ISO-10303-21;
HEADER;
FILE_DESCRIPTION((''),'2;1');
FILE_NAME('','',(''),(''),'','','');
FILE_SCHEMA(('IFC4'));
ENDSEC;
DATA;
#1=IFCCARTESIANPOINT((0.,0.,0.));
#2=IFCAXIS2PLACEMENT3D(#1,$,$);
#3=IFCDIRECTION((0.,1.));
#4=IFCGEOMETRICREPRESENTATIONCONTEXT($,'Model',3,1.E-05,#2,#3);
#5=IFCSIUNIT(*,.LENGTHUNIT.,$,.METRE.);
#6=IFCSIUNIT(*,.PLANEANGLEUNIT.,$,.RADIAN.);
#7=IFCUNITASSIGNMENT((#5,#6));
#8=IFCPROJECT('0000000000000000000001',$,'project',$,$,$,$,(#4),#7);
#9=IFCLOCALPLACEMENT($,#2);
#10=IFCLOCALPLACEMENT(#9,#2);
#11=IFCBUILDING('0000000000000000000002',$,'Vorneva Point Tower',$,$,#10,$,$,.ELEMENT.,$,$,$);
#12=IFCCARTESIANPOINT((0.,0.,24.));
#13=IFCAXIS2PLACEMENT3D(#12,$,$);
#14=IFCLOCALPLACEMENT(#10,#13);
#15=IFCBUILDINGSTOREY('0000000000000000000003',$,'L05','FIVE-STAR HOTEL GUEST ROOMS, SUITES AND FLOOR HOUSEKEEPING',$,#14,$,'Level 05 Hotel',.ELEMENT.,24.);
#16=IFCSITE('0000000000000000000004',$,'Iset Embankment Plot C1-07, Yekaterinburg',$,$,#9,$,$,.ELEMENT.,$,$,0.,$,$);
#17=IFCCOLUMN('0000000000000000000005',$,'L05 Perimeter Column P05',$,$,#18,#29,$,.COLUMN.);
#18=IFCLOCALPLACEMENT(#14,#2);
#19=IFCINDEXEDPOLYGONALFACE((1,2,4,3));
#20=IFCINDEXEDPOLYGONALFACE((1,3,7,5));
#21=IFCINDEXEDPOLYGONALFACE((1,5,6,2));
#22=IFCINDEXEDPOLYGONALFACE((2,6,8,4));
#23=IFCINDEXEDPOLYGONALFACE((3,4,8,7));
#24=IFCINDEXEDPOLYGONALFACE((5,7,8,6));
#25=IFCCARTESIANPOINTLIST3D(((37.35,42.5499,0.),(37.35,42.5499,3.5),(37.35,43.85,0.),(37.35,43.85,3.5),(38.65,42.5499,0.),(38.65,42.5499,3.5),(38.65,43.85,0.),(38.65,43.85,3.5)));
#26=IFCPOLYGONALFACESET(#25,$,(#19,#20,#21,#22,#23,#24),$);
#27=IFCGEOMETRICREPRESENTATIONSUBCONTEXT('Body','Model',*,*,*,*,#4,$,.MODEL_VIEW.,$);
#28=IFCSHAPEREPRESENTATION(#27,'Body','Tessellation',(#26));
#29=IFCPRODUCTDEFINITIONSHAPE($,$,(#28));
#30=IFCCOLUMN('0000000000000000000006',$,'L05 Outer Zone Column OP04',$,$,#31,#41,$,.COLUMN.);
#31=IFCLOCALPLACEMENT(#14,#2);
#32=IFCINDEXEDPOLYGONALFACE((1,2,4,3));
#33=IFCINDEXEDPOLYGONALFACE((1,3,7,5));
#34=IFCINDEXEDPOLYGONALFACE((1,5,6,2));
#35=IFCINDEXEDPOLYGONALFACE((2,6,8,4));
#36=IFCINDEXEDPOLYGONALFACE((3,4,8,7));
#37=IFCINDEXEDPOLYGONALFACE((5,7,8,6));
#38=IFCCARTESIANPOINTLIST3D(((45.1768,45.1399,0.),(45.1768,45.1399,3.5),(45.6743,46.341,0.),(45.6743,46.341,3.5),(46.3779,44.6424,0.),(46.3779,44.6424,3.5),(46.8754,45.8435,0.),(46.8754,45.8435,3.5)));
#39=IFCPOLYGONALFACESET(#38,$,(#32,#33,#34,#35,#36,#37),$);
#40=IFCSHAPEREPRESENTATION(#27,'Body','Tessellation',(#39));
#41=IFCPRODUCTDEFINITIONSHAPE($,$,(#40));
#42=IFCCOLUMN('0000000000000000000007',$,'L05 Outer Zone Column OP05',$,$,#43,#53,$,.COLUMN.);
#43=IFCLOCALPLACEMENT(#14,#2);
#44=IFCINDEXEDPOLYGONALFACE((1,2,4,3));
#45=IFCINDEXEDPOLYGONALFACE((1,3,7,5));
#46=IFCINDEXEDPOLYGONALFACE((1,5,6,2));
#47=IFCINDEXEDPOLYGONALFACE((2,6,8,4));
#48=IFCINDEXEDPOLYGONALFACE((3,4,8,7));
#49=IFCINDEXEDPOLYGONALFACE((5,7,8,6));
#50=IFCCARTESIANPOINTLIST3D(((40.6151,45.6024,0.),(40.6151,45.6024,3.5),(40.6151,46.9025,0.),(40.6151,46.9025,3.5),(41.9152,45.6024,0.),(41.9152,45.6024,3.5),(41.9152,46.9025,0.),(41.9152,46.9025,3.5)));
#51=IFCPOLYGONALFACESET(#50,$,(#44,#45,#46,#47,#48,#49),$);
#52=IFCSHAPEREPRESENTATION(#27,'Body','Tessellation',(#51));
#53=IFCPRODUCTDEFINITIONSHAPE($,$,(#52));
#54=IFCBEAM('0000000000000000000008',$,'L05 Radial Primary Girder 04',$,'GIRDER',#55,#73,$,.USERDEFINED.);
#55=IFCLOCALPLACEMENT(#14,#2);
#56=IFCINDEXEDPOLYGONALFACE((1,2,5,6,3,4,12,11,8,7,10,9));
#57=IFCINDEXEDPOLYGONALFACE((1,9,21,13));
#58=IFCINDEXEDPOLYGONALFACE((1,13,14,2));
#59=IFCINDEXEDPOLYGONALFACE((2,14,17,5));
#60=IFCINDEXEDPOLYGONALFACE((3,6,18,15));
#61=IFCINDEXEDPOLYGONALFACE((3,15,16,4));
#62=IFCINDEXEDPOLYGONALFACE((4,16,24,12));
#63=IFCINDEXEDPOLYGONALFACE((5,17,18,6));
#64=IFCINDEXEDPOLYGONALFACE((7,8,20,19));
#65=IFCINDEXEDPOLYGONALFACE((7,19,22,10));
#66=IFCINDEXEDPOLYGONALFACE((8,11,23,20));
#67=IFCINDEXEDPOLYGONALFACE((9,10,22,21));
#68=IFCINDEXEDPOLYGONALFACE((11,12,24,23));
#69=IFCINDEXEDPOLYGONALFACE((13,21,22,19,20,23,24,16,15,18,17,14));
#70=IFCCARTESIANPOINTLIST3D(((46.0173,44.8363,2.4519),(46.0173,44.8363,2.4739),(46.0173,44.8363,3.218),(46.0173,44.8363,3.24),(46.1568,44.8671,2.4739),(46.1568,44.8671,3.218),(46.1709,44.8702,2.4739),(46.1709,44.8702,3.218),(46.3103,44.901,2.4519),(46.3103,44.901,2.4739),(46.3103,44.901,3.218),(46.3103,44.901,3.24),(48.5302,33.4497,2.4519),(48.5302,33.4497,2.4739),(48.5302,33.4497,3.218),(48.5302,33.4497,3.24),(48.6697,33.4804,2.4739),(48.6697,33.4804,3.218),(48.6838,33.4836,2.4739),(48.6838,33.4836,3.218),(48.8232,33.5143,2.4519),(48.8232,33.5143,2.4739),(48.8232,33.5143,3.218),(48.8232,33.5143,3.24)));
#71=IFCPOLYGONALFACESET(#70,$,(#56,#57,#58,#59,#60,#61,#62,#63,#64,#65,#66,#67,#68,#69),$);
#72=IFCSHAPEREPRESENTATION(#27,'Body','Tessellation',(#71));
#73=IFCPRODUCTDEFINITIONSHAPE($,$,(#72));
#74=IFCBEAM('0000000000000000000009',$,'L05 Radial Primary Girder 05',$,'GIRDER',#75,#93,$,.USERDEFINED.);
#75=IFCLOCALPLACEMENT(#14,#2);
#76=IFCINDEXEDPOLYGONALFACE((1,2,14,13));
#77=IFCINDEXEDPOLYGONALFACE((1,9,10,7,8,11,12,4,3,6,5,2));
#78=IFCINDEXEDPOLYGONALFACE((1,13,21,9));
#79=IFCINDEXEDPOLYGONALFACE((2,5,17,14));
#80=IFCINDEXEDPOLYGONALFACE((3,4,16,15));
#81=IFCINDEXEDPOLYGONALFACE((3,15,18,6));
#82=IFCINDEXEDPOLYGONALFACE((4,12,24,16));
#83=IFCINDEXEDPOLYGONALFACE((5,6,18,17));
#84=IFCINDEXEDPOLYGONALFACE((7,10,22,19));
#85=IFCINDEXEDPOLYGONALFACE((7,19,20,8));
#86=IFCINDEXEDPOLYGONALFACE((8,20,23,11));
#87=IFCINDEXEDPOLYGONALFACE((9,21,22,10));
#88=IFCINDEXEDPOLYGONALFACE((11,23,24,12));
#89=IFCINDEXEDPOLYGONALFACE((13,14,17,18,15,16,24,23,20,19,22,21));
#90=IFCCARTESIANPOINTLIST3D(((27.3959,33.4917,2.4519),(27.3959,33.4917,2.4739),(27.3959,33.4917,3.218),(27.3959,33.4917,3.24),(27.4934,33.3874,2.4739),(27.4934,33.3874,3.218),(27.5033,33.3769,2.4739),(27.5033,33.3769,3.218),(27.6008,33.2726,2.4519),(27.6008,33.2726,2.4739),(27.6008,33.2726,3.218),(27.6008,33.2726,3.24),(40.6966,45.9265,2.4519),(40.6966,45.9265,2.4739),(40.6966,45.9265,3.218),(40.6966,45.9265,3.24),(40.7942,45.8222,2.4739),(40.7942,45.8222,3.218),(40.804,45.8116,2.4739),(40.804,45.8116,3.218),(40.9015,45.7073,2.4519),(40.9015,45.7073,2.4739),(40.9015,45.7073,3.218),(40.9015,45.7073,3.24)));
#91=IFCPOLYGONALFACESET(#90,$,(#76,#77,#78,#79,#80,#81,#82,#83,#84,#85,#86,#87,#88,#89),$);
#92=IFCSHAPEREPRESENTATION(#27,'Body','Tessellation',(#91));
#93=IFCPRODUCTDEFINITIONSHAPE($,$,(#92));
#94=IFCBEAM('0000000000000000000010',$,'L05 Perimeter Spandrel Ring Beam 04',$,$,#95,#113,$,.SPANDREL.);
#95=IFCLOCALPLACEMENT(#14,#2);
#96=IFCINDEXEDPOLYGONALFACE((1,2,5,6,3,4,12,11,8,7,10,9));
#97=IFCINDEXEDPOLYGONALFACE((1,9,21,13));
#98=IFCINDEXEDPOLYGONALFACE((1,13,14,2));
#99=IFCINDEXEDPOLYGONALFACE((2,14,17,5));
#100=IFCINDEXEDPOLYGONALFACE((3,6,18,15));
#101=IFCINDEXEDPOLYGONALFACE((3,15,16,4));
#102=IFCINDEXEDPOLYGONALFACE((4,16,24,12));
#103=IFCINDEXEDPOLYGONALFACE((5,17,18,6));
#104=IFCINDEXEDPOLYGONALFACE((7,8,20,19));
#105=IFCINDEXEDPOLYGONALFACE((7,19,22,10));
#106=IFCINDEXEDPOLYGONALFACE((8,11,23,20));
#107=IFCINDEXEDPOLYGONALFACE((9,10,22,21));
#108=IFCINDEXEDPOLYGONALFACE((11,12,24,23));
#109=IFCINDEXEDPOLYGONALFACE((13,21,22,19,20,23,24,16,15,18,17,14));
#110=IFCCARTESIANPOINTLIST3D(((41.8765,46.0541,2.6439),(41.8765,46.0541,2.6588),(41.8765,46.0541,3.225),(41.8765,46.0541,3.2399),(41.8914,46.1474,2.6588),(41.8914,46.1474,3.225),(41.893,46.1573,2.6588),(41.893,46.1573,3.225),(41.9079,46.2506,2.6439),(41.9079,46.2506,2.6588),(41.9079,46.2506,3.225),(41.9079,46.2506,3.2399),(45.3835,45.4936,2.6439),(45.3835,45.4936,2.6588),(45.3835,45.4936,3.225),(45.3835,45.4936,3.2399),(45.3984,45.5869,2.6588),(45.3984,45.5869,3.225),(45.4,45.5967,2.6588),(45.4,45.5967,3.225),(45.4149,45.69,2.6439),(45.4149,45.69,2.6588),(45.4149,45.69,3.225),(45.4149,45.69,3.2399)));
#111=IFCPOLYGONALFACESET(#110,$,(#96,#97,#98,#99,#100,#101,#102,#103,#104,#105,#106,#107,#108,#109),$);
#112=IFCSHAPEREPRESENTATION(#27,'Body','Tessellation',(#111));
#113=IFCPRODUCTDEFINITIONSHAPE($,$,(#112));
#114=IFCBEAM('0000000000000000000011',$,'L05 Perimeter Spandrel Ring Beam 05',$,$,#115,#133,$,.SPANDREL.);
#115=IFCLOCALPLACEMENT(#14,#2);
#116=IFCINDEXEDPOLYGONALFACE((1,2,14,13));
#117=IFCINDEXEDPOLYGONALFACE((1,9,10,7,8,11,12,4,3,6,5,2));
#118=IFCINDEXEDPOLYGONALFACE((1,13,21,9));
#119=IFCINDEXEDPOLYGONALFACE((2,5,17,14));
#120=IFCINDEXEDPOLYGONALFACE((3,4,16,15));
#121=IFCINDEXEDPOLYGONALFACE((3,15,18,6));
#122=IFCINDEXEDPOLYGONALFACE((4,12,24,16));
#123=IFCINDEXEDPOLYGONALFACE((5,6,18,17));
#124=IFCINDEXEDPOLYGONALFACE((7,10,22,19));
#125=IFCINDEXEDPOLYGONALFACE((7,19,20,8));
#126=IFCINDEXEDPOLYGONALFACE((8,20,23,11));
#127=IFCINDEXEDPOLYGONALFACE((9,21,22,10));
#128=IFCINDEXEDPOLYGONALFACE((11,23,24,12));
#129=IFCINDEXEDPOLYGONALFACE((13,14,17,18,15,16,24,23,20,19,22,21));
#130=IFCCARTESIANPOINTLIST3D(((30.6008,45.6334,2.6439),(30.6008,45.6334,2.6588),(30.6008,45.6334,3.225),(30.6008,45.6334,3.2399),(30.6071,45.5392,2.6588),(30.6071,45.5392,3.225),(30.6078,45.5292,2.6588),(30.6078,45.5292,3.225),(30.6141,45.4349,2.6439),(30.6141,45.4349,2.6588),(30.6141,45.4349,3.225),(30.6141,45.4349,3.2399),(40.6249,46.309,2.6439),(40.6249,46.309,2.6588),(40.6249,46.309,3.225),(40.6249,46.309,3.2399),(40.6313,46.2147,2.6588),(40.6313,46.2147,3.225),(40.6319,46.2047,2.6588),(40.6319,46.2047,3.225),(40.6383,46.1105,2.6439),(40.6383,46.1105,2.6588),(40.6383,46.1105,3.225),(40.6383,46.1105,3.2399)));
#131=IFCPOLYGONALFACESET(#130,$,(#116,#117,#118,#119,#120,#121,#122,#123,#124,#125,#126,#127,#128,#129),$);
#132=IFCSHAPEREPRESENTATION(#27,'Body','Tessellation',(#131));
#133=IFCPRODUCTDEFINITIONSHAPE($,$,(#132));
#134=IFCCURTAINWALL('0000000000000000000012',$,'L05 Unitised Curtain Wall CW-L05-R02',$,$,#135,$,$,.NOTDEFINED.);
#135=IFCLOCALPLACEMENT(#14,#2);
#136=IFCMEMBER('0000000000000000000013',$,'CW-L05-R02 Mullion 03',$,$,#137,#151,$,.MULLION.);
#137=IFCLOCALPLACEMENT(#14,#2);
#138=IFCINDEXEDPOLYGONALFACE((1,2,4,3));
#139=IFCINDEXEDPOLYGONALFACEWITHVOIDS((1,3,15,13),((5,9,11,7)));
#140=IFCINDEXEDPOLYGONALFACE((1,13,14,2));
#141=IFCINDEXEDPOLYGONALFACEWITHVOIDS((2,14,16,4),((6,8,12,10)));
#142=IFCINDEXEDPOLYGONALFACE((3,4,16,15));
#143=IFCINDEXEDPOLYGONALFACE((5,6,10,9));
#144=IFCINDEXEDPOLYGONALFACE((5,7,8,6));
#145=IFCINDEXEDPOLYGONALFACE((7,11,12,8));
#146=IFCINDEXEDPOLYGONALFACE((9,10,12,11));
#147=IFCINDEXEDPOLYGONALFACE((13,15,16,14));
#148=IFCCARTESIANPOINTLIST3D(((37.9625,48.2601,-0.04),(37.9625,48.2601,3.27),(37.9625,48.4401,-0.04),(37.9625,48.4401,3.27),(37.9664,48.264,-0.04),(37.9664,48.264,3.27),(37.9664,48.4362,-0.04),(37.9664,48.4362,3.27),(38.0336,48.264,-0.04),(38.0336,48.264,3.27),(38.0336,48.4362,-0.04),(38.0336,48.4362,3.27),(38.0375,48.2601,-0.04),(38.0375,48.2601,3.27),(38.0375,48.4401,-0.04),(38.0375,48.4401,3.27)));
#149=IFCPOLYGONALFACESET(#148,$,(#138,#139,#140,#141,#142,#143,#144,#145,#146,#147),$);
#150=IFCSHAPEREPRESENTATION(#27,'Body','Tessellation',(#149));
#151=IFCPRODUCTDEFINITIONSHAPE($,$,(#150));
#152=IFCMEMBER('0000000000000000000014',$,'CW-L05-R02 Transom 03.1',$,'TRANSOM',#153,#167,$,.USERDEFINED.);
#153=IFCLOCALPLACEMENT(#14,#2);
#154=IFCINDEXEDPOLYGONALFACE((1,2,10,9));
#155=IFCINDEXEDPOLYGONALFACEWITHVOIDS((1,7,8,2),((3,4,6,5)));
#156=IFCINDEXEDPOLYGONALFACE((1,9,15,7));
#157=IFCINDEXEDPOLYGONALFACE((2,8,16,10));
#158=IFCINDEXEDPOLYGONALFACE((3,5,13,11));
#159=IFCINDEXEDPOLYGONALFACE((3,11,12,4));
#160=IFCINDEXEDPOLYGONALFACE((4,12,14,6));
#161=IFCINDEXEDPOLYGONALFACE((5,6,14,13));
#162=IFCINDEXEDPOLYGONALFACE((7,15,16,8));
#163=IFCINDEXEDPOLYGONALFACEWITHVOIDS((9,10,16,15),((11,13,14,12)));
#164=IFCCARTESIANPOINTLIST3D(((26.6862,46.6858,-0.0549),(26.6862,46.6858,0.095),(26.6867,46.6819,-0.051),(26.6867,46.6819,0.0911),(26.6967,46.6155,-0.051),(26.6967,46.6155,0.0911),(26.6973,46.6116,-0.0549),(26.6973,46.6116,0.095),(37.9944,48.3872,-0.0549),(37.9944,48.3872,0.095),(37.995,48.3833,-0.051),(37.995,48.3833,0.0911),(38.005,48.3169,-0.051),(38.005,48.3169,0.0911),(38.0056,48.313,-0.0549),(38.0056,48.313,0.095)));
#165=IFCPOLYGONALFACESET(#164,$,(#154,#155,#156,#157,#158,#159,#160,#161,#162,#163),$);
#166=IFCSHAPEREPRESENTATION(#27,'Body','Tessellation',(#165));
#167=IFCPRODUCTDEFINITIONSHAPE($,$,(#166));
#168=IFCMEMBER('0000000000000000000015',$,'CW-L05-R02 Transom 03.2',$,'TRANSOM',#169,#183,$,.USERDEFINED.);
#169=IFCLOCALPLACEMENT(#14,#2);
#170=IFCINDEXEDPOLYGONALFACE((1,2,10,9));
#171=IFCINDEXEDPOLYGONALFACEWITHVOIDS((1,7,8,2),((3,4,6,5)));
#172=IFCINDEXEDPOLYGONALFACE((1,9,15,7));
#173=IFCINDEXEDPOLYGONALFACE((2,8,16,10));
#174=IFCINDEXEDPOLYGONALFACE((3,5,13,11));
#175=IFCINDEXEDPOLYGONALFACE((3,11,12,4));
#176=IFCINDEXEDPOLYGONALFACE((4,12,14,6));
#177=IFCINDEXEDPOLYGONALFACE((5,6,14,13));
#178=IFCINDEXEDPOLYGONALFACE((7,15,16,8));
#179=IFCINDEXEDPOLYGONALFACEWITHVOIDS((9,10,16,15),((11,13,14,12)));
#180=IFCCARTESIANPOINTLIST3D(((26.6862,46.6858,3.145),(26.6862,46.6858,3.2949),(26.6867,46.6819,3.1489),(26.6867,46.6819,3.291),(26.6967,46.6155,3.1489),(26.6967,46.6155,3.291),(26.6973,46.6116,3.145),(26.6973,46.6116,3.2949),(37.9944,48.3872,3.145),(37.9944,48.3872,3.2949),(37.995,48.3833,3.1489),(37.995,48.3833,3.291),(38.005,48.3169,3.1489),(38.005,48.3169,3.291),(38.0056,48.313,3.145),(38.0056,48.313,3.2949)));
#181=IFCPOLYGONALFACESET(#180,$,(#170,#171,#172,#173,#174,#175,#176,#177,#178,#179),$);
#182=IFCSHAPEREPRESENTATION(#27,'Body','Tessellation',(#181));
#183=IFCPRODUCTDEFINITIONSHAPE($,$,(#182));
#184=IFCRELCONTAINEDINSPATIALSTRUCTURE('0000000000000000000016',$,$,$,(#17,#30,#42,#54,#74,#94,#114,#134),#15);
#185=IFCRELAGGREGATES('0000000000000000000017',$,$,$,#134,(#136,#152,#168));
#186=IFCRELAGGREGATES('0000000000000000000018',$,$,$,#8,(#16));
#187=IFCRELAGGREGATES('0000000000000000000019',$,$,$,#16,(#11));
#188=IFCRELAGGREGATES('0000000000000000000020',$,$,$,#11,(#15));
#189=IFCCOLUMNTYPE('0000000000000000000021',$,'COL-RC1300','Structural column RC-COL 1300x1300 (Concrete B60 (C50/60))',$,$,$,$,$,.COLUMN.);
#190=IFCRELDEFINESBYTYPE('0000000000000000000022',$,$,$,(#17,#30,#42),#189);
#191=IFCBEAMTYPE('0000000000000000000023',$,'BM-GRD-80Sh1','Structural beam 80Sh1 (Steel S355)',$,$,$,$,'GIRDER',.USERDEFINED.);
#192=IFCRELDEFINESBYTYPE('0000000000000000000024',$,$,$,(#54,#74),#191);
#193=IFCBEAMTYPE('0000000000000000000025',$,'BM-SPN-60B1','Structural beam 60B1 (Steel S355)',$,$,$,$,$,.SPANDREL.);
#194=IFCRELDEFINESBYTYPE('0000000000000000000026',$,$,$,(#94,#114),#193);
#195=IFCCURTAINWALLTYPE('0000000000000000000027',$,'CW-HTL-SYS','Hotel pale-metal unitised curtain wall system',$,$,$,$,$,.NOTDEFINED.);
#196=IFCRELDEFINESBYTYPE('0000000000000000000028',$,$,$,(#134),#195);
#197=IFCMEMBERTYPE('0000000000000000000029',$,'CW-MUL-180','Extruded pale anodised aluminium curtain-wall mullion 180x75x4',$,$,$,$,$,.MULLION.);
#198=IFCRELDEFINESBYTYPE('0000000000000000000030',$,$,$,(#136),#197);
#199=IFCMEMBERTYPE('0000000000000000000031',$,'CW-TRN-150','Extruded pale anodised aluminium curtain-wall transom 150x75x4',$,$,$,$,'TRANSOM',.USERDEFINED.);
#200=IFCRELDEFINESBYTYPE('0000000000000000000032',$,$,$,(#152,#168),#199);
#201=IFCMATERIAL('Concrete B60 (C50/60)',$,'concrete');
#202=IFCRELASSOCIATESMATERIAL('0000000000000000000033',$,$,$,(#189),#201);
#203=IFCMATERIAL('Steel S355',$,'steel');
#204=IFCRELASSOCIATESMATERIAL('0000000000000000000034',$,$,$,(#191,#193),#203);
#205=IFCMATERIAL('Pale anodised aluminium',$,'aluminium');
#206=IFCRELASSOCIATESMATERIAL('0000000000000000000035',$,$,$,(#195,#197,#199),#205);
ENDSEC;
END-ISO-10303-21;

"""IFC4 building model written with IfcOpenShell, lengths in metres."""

from ifc_helpers import new_model, si_unit, direction, frame, origin, origin_2d, place, context, subcontext, project, spatial, rectangle, hollow_rectangle, i_section, extrude, material, material_profile, profile_set, type_object, element, aggregate, save


model = new_model("IFC4")

# Units and contexts
model_context = context("Model", 3, precision=1e-05, world=origin(), true_north=direction((0.0, 1.0)))
body_context = subcontext(model_context, "Body", "Model", "MODEL_VIEW")
ifc_project = project(units=[si_unit("LENGTHUNIT", "METRE"), si_unit("PLANEANGLEUNIT", "RADIAN")], contexts=[model_context])

# Site, building, storey
site_placement = place(None, origin())
site = spatial("IfcSite", under=ifc_project, at=site_placement, Name="Iset Embankment Plot C1-07, Yekaterinburg", CompositionType="ELEMENT", RefElevation=0.0)
building_placement = place(site_placement, origin())
building = spatial("IfcBuilding", under=site, at=building_placement, Name="Vorneva Point Tower", CompositionType="ELEMENT")
storey_placement = place(building_placement, frame((0.0, 0.0, 24.0)))
storey = spatial("IfcBuildingStorey", under=building, at=storey_placement, Name="L05", Description="FIVE-STAR HOTEL GUEST ROOMS, SUITES AND FLOOR HOUSEKEEPING", LongName="Level 05 Hotel", CompositionType="ELEMENT", Elevation=24.0)

# Columns
ifc_material_1 = material(Name="Concrete B60 (C50/60)", Category="concrete")
ifc_material_profile_1 = material_profile(ifc_material_1, rectangle(XDim=1.3, YDim=1.3, at=origin_2d()), Name="RC-COL 1300x1300")
ifc_profile_set_1 = profile_set([ifc_material_profile_1], Name="Concrete B60 (C50/60)")
column_type = type_object("IfcColumnType", Name="COL-RC1300", Description="Structural column RC-COL 1300x1300 (Concrete B60 (C50/60))", PredefinedType="COLUMN", material=ifc_profile_set_1)
for number, where, z_axis, x_axis, name in (
    (1, (38.0, 43.2, 0.0), (0.0, 0.0, 1.0), (0.0, 1.0, 0.0), "L05 Perimeter Column P05"),
    (2, (46.0261, 45.4917, 0.0), (0.0, 0.0, 1.0), (0.382683, 0.92388, 0.0), "L05 Outer Zone Column OP04"),
    (3, (41.2651, 46.2524, 0.0), (0.0, 0.0, 1.0), (0.0, 1.0, 0.0), "L05 Outer Zone Column OP05"),
):
    element("IfcColumn", number, at=place(storey_placement, frame(where, z_axis=z_axis, x_axis=x_axis)), inside=storey, type_object=column_type, Name=name, PredefinedType="COLUMN", context=body_context, shape_type="SweptSolid", body=[
        extrude(rectangle(XDim=1.3, YDim=1.3, at=origin_2d()), origin(), (0.0, 0.0, 1.0), 3.5),
    ])

# Beams
ifc_material_2 = material(Name="Steel S355", Category="steel")
ifc_material_profile_2 = material_profile(ifc_material_2, i_section(OverallWidth=0.3, OverallDepth=0.7881, WebThickness=0.0144, FlangeThickness=0.022, at=origin_2d()), Name="80Sh1")
ifc_profile_set_2 = profile_set([ifc_material_profile_2], Name="Steel S355")
beam_type_1 = type_object("IfcBeamType", Name="BM-GRD-80Sh1", Description="Structural beam 80Sh1 (Steel S355)", ElementType="GIRDER", PredefinedType="USERDEFINED", material=ifc_profile_set_2)
beam_1_placement = place(storey_placement, frame((46.1638, 44.8687, 2.8459), z_axis=(0.215505, -0.976503, 0.0), x_axis=(0.976503, 0.215505, 0.0)))
element("IfcBeam", 4, at=beam_1_placement, inside=storey, type_object=beam_type_1, Name="L05 Radial Primary Girder 04", ObjectType="GIRDER", PredefinedType="USERDEFINED", context=body_context, shape_type="SweptSolid", body=[
    extrude(i_section(OverallWidth=0.3, OverallDepth=0.7881, WebThickness=0.0144, FlangeThickness=0.022, at=origin_2d()), origin(), (0.0, 0.0, 1.0), 11.6606),
])
beam_2_placement = place(storey_placement, frame((40.7991, 45.8169, 2.8459), z_axis=(-0.730487, -0.682927, 0.0), x_axis=(0.682927, -0.730487, 0.0)))
element("IfcBeam", 5, at=beam_2_placement, inside=storey, type_object=beam_type_1, Name="L05 Radial Primary Girder 05", ObjectType="GIRDER", PredefinedType="USERDEFINED", context=body_context, shape_type="SweptSolid", body=[
    extrude(i_section(OverallWidth=0.3, OverallDepth=0.7881, WebThickness=0.0144, FlangeThickness=0.022, at=origin_2d()), origin(), (0.0, 0.0, 1.0), 18.208),
])
ifc_material_profile_3 = material_profile(ifc_material_2, i_section(OverallWidth=0.199, OverallDepth=0.5959, WebThickness=0.01, FlangeThickness=0.0149, at=origin_2d()), Name="60B1")
ifc_profile_set_3 = profile_set([ifc_material_profile_3], Name="Steel S355")
beam_type_2 = type_object("IfcBeamType", Name="BM-SPN-60B1", Description="Structural beam 60B1 (Steel S355)", PredefinedType="SPANDREL", material=ifc_profile_set_3)
beam_3_placement = place(storey_placement, frame((45.3992, 45.5918, 2.9419), z_axis=(-0.987466, 0.15783, 0.0), x_axis=(-0.15783, -0.987466, 0.0)))
element("IfcBeam", 6, at=beam_3_placement, inside=storey, type_object=beam_type_2, Name="L05 Perimeter Spandrel Ring Beam 04", PredefinedType="SPANDREL", context=body_context, shape_type="SweptSolid", body=[
    extrude(i_section(OverallWidth=0.199, OverallDepth=0.5959, WebThickness=0.01, FlangeThickness=0.0149, at=origin_2d()), origin(), (0.0, 0.0, 1.0), 3.5515),
])
beam_4_placement = place(storey_placement, frame((40.6316, 46.2097, 2.9419), z_axis=(-0.997737, -0.067238, 0.0), x_axis=(0.067238, -0.997737, 0.0)))
element("IfcBeam", 7, at=beam_4_placement, inside=storey, type_object=beam_type_2, Name="L05 Perimeter Spandrel Ring Beam 05", PredefinedType="SPANDREL", context=body_context, shape_type="SweptSolid", body=[
    extrude(i_section(OverallWidth=0.199, OverallDepth=0.5959, WebThickness=0.01, FlangeThickness=0.0149, at=origin_2d()), origin(), (0.0, 0.0, 1.0), 10.0469),
])

# Curtain wall, members
ifc_material_3 = material(Name="Pale anodised aluminium", Category="aluminium")
curtain_wall_type = type_object("IfcCurtainWallType", Name="CW-HTL-SYS", Description="Hotel pale-metal unitised curtain wall system", PredefinedType="NOTDEFINED", material=ifc_material_3)
curtain_wall_placement = place(storey_placement, origin())
curtain_wall = element("IfcCurtainWall", 8, at=curtain_wall_placement, inside=storey, type_object=curtain_wall_type, Name="L05 Unitised Curtain Wall CW-L05-R02", PredefinedType="NOTDEFINED")
ifc_material_profile_4 = material_profile(ifc_material_3, hollow_rectangle(XDim=0.075, YDim=0.1799, WallThickness=0.0039, at=origin_2d()), Name="AL-MUL 180x75x4")
ifc_profile_set_4 = profile_set([ifc_material_profile_4], Name="Pale anodised aluminium")
member_type_1 = type_object("IfcMemberType", Name="CW-MUL-180", Description="Extruded pale anodised aluminium curtain-wall mullion 180x75x4", PredefinedType="MULLION", material=ifc_profile_set_4)
member_1_placement = place(storey_placement, frame((38.0, 48.3501, -0.04), z_axis=(0.0, 0.0, 1.0), x_axis=(1.0, 0.0, 0.0)))
member_1 = element("IfcMember", 9, at=member_1_placement, type_object=member_type_1, Name="CW-L05-R02 Mullion 03", PredefinedType="MULLION", context=body_context, shape_type="SweptSolid", body=[
    extrude(hollow_rectangle(XDim=0.075, YDim=0.1799, WallThickness=0.0039, at=origin_2d()), origin(), (0.0, 0.0, 1.0), 3.3101),
])
ifc_material_profile_5 = material_profile(ifc_material_3, hollow_rectangle(XDim=0.075, YDim=0.1499, WallThickness=0.0039, at=origin_2d()), Name="AL-TRN 150x75x4")
ifc_profile_set_5 = profile_set([ifc_material_profile_5], Name="Pale anodised aluminium")
member_type_2 = type_object("IfcMemberType", Name="CW-TRN-150", Description="Extruded pale anodised aluminium curtain-wall transom 150x75x4", ElementType="TRANSOM", PredefinedType="USERDEFINED", material=ifc_profile_set_5)
member_2_placement = place(storey_placement, frame((38.0, 48.3501, 0.02), z_axis=(-0.98887, -0.148782, 0.0), x_axis=(0.148782, -0.98887, 0.0)))
member_2 = element("IfcMember", 10, at=member_2_placement, type_object=member_type_2, Name="CW-L05-R02 Transom 03.1", ObjectType="TRANSOM", PredefinedType="USERDEFINED", context=body_context, shape_type="SweptSolid", body=[
    extrude(hollow_rectangle(XDim=0.075, YDim=0.1499, WallThickness=0.0039, at=origin_2d()), origin(), (0.0, 0.0, 1.0), 11.4355),
])
member_3_placement = place(storey_placement, frame((38.0, 48.3501, 3.22), z_axis=(-0.98887, -0.148782, 0.0), x_axis=(0.148782, -0.98887, 0.0)))
member_3 = element("IfcMember", 11, at=member_3_placement, type_object=member_type_2, Name="CW-L05-R02 Transom 03.2", ObjectType="TRANSOM", PredefinedType="USERDEFINED", context=body_context, shape_type="SweptSolid", body=[
    extrude(hollow_rectangle(XDim=0.075, YDim=0.1499, WallThickness=0.0039, at=origin_2d()), origin(), (0.0, 0.0, 1.0), 11.4355),
])
aggregate(curtain_wall, [member_1, member_2, member_3])

save(model, "model.ifc")
